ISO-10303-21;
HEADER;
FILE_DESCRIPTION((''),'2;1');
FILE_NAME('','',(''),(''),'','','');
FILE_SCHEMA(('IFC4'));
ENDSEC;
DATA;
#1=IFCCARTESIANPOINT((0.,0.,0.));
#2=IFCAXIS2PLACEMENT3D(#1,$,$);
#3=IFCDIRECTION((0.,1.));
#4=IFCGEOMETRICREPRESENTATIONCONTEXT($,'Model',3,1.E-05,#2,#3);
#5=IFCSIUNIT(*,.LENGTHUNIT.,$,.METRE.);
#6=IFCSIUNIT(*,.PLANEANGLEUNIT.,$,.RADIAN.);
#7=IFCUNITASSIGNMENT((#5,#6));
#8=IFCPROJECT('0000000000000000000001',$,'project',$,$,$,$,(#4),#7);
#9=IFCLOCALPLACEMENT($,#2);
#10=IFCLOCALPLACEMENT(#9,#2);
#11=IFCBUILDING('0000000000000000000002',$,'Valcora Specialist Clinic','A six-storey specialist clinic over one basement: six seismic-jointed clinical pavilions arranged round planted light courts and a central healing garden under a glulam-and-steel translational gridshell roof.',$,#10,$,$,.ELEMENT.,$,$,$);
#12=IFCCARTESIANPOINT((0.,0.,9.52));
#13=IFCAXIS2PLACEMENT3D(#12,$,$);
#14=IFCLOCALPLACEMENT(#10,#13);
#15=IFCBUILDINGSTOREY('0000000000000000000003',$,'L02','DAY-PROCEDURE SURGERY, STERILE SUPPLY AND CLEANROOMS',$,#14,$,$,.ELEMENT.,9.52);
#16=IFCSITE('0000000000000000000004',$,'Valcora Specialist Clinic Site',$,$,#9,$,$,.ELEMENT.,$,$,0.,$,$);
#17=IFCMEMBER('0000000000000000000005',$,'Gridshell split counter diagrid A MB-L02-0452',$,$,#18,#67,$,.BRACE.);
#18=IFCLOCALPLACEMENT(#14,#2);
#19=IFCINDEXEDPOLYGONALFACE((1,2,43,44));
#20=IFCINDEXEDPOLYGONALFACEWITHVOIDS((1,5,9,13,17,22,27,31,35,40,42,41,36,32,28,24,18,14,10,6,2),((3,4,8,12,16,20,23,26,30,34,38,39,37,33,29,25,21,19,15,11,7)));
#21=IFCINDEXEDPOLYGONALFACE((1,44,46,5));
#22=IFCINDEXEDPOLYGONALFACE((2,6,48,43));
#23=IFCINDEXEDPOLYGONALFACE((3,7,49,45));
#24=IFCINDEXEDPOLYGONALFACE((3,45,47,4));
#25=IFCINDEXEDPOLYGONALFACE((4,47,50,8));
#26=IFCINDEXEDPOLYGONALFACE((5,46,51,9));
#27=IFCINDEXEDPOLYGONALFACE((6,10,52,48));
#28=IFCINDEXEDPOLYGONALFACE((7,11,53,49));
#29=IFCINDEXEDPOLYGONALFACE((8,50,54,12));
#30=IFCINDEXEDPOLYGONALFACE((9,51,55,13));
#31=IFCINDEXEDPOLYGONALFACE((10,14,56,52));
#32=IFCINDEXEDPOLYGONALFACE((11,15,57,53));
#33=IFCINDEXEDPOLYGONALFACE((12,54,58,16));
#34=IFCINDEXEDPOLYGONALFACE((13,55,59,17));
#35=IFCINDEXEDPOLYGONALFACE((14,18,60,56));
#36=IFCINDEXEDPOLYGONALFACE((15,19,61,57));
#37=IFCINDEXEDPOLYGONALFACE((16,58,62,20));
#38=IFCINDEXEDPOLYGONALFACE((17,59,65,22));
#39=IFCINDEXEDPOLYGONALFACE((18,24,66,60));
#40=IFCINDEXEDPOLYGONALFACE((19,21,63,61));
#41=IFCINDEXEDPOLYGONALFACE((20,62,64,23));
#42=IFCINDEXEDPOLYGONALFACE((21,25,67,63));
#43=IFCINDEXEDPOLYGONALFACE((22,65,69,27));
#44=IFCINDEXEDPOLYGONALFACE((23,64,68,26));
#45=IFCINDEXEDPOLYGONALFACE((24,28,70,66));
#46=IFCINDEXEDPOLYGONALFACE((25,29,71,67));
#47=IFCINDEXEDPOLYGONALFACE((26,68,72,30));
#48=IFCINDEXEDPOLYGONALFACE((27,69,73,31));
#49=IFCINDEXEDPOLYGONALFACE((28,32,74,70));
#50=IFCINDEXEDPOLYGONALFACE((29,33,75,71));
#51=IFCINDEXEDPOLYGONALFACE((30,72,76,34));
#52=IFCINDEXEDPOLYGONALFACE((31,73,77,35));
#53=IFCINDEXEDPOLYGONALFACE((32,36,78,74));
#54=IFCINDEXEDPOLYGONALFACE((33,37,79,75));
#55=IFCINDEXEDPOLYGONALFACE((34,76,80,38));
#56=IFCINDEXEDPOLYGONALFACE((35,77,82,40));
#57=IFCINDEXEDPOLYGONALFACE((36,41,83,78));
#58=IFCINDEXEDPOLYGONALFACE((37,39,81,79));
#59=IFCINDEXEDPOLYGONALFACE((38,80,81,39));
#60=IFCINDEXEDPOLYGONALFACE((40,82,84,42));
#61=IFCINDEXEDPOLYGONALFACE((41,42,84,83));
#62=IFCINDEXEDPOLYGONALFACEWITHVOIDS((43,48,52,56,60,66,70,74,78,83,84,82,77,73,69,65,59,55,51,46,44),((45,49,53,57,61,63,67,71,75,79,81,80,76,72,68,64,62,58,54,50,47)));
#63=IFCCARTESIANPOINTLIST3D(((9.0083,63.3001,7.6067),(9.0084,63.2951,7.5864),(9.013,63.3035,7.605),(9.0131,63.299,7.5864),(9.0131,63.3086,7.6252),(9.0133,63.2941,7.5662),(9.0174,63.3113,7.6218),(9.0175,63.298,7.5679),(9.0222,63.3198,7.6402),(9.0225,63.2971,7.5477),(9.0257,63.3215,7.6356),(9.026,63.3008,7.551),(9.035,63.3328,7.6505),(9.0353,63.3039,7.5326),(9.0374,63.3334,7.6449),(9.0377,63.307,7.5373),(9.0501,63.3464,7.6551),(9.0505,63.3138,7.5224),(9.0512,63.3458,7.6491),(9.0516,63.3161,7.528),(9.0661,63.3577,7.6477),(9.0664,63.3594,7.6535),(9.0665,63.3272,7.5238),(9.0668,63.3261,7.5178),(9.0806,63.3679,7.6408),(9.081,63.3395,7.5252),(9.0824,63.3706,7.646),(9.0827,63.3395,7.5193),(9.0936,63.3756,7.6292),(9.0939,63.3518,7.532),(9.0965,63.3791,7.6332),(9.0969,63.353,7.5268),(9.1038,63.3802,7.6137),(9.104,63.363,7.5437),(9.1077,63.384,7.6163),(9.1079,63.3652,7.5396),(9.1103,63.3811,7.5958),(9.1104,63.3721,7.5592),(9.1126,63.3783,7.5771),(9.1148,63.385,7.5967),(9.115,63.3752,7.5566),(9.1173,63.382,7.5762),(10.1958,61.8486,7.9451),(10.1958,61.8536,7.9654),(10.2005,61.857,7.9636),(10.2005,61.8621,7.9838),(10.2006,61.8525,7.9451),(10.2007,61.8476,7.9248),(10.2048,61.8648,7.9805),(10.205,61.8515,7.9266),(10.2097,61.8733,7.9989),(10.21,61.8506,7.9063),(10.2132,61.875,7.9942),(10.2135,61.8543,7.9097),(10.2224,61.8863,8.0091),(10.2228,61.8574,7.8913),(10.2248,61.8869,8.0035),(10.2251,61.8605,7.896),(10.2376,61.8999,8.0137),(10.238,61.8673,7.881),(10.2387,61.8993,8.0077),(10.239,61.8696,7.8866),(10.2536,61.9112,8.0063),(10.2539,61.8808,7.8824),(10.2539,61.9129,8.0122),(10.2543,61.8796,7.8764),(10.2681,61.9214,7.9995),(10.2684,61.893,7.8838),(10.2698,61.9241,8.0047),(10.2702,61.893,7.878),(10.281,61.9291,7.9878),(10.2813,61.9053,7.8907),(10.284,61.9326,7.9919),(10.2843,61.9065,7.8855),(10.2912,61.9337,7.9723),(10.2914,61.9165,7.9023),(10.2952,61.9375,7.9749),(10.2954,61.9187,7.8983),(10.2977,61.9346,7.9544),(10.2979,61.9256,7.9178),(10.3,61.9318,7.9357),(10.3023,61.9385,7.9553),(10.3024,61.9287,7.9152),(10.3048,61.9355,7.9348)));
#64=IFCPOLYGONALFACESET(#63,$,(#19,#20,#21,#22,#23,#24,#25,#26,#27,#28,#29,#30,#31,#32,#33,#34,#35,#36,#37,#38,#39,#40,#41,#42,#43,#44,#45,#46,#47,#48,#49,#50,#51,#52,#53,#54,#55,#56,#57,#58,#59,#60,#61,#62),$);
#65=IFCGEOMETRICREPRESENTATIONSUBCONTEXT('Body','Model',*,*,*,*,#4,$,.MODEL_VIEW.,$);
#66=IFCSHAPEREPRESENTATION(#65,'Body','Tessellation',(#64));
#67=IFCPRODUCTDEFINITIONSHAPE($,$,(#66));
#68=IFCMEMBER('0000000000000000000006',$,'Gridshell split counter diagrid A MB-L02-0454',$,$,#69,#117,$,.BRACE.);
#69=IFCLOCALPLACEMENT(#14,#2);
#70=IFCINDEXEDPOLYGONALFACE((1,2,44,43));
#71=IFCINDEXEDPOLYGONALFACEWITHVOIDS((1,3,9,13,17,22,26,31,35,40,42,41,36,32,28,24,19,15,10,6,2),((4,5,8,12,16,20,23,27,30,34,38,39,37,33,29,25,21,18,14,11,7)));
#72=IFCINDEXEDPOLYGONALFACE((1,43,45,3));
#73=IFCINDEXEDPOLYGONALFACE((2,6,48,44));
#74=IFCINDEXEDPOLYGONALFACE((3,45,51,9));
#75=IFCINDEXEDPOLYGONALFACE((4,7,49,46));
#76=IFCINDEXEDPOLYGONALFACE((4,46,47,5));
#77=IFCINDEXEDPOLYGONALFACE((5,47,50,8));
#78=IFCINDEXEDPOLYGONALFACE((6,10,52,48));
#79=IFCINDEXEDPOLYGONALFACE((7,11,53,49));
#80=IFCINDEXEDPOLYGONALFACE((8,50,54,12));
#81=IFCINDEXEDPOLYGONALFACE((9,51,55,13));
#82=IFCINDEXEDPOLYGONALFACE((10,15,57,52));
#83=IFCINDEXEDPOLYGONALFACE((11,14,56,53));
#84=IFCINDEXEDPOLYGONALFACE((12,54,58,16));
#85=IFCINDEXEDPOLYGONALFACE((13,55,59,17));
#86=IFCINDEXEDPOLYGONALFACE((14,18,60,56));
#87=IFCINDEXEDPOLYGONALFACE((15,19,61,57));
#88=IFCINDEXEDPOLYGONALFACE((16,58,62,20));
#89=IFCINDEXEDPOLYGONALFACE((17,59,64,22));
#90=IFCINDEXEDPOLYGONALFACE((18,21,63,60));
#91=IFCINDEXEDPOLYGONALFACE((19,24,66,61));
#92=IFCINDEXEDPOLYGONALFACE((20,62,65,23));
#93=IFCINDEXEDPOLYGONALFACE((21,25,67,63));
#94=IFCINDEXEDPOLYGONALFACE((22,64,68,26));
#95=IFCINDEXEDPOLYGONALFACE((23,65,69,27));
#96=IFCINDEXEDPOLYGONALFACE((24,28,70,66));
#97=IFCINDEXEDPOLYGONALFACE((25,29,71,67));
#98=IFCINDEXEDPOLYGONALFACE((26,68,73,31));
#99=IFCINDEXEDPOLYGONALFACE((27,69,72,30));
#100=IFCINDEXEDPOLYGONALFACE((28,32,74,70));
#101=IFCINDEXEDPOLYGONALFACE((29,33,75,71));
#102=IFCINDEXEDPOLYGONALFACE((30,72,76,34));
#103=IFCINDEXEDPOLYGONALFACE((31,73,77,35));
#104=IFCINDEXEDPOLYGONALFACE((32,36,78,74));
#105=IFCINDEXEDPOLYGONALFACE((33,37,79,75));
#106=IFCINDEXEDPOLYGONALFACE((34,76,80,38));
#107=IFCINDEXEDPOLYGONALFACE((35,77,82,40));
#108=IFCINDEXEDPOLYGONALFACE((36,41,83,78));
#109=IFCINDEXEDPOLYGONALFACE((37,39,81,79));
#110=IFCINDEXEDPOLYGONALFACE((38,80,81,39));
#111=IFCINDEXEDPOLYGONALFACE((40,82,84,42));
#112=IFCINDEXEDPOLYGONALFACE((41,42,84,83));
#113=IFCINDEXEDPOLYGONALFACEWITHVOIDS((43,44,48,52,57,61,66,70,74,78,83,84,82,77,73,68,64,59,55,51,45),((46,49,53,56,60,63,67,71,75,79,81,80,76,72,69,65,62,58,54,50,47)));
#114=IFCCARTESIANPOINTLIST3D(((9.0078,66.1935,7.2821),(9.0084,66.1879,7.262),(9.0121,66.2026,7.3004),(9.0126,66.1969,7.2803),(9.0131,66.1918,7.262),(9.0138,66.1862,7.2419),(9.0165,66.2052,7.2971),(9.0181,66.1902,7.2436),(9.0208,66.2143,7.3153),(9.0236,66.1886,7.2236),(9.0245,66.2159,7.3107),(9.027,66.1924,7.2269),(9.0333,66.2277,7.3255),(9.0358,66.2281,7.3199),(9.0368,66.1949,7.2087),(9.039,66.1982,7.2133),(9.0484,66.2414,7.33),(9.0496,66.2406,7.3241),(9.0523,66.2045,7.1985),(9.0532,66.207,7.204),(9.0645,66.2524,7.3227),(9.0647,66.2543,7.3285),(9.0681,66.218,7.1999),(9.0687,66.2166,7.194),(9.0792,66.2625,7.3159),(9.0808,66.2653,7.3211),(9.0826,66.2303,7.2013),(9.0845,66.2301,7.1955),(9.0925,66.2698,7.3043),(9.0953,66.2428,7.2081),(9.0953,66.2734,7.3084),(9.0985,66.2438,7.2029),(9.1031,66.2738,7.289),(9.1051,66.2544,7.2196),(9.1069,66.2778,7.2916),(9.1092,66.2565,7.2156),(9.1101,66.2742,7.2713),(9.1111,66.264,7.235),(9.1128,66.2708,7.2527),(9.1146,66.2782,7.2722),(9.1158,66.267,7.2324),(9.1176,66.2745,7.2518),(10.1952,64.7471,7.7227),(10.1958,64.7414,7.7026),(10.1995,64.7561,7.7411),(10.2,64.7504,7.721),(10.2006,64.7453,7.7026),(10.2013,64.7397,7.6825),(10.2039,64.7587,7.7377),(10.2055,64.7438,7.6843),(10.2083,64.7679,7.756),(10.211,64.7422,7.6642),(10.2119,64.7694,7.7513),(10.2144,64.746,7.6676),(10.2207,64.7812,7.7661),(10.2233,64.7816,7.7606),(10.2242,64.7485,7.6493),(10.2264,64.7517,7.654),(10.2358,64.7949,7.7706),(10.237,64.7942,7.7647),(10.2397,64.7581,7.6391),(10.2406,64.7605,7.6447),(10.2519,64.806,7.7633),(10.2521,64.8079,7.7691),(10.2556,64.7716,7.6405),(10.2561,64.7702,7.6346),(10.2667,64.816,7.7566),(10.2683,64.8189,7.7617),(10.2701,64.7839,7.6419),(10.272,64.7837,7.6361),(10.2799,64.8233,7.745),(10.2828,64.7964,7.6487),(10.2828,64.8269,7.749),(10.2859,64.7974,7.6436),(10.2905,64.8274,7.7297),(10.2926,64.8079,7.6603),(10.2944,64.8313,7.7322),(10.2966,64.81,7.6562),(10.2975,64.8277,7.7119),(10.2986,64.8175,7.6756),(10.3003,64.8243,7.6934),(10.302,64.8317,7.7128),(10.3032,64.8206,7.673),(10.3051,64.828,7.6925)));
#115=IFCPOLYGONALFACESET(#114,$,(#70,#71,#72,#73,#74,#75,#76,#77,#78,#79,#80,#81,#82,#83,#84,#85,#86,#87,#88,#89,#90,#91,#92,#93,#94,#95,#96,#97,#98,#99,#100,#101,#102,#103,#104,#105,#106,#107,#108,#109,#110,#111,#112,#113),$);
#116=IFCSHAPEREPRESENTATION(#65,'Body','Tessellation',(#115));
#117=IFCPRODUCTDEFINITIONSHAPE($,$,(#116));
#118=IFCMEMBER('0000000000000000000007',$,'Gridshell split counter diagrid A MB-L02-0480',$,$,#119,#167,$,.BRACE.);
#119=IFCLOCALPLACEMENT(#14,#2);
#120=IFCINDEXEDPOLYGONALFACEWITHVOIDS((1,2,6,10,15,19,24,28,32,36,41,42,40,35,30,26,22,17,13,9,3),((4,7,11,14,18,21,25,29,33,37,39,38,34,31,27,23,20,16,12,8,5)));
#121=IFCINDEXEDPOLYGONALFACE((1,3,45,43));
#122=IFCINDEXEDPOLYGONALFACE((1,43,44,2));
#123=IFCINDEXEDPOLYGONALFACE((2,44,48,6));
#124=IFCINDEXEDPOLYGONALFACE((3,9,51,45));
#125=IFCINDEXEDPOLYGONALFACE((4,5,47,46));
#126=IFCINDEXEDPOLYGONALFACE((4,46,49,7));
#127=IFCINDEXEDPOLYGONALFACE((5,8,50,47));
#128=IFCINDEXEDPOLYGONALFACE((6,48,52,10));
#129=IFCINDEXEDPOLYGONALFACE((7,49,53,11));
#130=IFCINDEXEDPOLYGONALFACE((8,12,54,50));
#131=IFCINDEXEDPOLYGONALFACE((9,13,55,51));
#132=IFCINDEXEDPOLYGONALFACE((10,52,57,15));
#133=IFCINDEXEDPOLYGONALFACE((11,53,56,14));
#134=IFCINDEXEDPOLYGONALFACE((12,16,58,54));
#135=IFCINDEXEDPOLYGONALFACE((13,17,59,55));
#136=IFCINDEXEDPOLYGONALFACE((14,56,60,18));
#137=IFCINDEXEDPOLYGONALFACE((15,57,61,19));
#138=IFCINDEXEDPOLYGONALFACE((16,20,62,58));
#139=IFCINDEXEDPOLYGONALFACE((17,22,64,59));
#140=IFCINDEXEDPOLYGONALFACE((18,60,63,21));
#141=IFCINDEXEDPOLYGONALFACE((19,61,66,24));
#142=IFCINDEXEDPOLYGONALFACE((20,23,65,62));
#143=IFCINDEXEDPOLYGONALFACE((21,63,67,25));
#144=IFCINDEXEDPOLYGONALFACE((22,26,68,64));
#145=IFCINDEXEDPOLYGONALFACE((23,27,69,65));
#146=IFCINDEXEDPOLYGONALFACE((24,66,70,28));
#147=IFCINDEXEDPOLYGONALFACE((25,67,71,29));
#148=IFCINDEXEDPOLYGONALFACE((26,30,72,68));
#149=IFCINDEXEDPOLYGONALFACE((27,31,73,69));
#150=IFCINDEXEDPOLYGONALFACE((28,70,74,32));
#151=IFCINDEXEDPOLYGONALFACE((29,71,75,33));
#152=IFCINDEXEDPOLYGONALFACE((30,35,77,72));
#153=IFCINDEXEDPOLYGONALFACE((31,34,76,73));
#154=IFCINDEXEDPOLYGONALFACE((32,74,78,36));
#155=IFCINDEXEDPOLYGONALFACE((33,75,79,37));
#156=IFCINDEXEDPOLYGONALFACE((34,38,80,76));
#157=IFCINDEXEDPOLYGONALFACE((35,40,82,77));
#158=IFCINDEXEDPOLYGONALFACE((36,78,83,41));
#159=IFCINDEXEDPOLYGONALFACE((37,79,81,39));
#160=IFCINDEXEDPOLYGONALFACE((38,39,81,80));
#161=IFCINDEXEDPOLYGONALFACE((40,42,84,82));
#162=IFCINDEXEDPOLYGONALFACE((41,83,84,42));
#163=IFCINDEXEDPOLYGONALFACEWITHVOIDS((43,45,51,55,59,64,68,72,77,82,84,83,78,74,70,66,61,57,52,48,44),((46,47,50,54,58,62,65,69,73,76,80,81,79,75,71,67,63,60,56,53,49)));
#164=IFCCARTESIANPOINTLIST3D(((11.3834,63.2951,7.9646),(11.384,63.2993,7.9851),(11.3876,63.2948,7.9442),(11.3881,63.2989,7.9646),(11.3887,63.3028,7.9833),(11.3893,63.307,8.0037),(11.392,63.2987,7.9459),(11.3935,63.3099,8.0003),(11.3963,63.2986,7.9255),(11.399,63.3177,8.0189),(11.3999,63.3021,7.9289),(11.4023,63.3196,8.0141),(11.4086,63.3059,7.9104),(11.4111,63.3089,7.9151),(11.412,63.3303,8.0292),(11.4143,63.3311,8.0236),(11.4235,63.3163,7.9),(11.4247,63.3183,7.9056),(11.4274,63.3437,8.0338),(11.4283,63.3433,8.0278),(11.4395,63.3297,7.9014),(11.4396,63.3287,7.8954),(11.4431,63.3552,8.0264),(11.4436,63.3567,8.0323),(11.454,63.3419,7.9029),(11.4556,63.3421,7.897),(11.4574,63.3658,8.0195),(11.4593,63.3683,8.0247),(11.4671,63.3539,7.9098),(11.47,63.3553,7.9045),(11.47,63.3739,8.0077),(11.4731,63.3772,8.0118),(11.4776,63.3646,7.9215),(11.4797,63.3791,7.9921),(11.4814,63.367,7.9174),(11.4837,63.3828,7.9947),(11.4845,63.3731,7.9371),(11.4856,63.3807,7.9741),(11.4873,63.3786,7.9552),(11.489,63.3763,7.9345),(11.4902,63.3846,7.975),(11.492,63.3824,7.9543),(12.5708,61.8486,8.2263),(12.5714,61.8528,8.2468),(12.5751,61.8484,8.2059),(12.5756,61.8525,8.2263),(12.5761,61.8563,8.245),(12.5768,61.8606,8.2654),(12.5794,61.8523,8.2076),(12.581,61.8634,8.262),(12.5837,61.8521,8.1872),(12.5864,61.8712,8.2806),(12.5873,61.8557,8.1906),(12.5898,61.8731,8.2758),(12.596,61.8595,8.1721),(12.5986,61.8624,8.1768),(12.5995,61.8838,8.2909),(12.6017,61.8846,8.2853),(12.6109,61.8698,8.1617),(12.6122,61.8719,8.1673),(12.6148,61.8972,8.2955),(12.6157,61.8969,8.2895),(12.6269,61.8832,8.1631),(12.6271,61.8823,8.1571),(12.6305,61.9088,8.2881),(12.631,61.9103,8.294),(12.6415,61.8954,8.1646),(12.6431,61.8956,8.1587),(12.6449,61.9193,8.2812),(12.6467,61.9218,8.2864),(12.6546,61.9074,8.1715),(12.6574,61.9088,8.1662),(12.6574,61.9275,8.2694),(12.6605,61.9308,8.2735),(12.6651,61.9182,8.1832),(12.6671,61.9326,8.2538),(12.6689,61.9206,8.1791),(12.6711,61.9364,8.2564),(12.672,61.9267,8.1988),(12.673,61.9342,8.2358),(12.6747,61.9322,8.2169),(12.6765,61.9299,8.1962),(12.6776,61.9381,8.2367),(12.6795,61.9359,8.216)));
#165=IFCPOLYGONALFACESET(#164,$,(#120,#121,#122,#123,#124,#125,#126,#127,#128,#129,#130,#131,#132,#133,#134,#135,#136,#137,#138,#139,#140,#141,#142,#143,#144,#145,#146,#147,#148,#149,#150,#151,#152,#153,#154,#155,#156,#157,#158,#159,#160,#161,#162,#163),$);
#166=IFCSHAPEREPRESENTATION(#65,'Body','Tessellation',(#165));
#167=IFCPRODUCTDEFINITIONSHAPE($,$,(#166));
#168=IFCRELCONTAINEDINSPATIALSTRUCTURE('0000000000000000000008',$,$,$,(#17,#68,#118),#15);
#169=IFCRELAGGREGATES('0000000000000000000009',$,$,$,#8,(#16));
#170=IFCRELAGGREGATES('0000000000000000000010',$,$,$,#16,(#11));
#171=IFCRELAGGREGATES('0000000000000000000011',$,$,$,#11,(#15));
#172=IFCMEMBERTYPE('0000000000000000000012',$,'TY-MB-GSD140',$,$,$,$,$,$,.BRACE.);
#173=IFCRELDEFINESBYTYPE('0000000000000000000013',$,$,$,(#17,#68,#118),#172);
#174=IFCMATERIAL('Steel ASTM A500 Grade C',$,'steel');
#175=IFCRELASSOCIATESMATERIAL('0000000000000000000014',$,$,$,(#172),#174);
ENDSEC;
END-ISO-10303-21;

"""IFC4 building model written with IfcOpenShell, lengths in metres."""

from ifc_helpers import new_model, si_unit, direction, frame, origin, origin_2d, place, context, subcontext, project, spatial, hollow_circle, extrude, material, material_profile, profile_set, type_object, element, save


model = new_model("IFC4")

# Units and contexts
model_context = context("Model", 3, precision=1e-05, world=origin(), true_north=direction((0.0, 1.0)))
body_context = subcontext(model_context, "Body", "Model", "MODEL_VIEW")
ifc_project = project(units=[si_unit("LENGTHUNIT", "METRE"), si_unit("PLANEANGLEUNIT", "RADIAN")], contexts=[model_context])

# Site, building, storey
site_placement = place(None, origin())
site = spatial("IfcSite", under=ifc_project, at=site_placement, Name="Valcora Specialist Clinic Site", CompositionType="ELEMENT", RefElevation=0.0)
building_placement = place(site_placement, origin())
building = spatial("IfcBuilding", under=site, at=building_placement, Name="Valcora Specialist Clinic", Description="A six-storey specialist clinic over one basement: six seismic-jointed clinical pavilions arranged round planted light courts and a central healing garden under a glulam-and-steel translational gridshell roof.", CompositionType="ELEMENT")
storey_placement = place(building_placement, frame((0.0, 0.0, 9.52)))
storey = spatial("IfcBuildingStorey", under=building, at=storey_placement, Name="L02", Description="DAY-PROCEDURE SURGERY, STERILE SUPPLY AND CLEANROOMS", CompositionType="ELEMENT", Elevation=9.52)

# Members
ifc_material_1 = material(Name="Steel ASTM A500 Grade C", Category="steel")
ifc_material_profile_1 = material_profile(ifc_material_1, hollow_circle(Radius=0.0701, WallThickness=0.0061, at=origin_2d()), Name="ST-CHS-140X6")
ifc_profile_set_1 = profile_set([ifc_material_profile_1], Name="Steel ASTM A500 Grade C")
member_type_1 = type_object("IfcMemberType", Name="TY-MB-GSD140", PredefinedType="BRACE", material=ifc_profile_set_1)
member_1_placement = place(storey_placement, frame((10.25, 61.8931, 7.9451), z_axis=(-0.62317, 0.759103, -0.188206), x_axis=(-0.772916, -0.634508, 0.0)))
element("IfcMember", 1, at=member_1_placement, inside=storey, type_object=member_type_1, Name="Gridshell split counter diagrid A MB-L02-0452", PredefinedType="BRACE", context=body_context, shape_type="SweptSolid", body=[
    extrude(hollow_circle(Radius=0.0701, WallThickness=0.0061, at=origin_2d()), origin(), (0.0, 0.0, 1.0), 1.9055),
])
member_2_placement = place(storey_placement, frame((10.25, 64.7859, 7.7026), z_axis=(-0.617618, 0.752341, -0.229194), x_axis=(-0.772916, -0.634508, 0.0)))
element("IfcMember", 2, at=member_2_placement, inside=storey, type_object=member_type_1, Name="Gridshell split counter diagrid A MB-L02-0454", PredefinedType="BRACE", context=body_context, shape_type="SweptSolid", body=[
    extrude(hollow_circle(Radius=0.0701, WallThickness=0.0061, at=origin_2d()), origin(), (0.0, 0.0, 1.0), 1.9226),
])
member_3_placement = place(storey_placement, frame((12.625, 61.8931, 8.2263), z_axis=(-0.628394, 0.765467, -0.138495), x_axis=(-0.772916, -0.634508, 0.0)))
element("IfcMember", 3, at=member_3_placement, inside=storey, type_object=member_type_1, Name="Gridshell split counter diagrid A MB-L02-0480", PredefinedType="BRACE", context=body_context, shape_type="SweptSolid", body=[
    extrude(hollow_circle(Radius=0.0701, WallThickness=0.0061, at=origin_2d()), origin(), (0.0, 0.0, 1.0), 1.8896),
])

save(model, "model.ifc")
